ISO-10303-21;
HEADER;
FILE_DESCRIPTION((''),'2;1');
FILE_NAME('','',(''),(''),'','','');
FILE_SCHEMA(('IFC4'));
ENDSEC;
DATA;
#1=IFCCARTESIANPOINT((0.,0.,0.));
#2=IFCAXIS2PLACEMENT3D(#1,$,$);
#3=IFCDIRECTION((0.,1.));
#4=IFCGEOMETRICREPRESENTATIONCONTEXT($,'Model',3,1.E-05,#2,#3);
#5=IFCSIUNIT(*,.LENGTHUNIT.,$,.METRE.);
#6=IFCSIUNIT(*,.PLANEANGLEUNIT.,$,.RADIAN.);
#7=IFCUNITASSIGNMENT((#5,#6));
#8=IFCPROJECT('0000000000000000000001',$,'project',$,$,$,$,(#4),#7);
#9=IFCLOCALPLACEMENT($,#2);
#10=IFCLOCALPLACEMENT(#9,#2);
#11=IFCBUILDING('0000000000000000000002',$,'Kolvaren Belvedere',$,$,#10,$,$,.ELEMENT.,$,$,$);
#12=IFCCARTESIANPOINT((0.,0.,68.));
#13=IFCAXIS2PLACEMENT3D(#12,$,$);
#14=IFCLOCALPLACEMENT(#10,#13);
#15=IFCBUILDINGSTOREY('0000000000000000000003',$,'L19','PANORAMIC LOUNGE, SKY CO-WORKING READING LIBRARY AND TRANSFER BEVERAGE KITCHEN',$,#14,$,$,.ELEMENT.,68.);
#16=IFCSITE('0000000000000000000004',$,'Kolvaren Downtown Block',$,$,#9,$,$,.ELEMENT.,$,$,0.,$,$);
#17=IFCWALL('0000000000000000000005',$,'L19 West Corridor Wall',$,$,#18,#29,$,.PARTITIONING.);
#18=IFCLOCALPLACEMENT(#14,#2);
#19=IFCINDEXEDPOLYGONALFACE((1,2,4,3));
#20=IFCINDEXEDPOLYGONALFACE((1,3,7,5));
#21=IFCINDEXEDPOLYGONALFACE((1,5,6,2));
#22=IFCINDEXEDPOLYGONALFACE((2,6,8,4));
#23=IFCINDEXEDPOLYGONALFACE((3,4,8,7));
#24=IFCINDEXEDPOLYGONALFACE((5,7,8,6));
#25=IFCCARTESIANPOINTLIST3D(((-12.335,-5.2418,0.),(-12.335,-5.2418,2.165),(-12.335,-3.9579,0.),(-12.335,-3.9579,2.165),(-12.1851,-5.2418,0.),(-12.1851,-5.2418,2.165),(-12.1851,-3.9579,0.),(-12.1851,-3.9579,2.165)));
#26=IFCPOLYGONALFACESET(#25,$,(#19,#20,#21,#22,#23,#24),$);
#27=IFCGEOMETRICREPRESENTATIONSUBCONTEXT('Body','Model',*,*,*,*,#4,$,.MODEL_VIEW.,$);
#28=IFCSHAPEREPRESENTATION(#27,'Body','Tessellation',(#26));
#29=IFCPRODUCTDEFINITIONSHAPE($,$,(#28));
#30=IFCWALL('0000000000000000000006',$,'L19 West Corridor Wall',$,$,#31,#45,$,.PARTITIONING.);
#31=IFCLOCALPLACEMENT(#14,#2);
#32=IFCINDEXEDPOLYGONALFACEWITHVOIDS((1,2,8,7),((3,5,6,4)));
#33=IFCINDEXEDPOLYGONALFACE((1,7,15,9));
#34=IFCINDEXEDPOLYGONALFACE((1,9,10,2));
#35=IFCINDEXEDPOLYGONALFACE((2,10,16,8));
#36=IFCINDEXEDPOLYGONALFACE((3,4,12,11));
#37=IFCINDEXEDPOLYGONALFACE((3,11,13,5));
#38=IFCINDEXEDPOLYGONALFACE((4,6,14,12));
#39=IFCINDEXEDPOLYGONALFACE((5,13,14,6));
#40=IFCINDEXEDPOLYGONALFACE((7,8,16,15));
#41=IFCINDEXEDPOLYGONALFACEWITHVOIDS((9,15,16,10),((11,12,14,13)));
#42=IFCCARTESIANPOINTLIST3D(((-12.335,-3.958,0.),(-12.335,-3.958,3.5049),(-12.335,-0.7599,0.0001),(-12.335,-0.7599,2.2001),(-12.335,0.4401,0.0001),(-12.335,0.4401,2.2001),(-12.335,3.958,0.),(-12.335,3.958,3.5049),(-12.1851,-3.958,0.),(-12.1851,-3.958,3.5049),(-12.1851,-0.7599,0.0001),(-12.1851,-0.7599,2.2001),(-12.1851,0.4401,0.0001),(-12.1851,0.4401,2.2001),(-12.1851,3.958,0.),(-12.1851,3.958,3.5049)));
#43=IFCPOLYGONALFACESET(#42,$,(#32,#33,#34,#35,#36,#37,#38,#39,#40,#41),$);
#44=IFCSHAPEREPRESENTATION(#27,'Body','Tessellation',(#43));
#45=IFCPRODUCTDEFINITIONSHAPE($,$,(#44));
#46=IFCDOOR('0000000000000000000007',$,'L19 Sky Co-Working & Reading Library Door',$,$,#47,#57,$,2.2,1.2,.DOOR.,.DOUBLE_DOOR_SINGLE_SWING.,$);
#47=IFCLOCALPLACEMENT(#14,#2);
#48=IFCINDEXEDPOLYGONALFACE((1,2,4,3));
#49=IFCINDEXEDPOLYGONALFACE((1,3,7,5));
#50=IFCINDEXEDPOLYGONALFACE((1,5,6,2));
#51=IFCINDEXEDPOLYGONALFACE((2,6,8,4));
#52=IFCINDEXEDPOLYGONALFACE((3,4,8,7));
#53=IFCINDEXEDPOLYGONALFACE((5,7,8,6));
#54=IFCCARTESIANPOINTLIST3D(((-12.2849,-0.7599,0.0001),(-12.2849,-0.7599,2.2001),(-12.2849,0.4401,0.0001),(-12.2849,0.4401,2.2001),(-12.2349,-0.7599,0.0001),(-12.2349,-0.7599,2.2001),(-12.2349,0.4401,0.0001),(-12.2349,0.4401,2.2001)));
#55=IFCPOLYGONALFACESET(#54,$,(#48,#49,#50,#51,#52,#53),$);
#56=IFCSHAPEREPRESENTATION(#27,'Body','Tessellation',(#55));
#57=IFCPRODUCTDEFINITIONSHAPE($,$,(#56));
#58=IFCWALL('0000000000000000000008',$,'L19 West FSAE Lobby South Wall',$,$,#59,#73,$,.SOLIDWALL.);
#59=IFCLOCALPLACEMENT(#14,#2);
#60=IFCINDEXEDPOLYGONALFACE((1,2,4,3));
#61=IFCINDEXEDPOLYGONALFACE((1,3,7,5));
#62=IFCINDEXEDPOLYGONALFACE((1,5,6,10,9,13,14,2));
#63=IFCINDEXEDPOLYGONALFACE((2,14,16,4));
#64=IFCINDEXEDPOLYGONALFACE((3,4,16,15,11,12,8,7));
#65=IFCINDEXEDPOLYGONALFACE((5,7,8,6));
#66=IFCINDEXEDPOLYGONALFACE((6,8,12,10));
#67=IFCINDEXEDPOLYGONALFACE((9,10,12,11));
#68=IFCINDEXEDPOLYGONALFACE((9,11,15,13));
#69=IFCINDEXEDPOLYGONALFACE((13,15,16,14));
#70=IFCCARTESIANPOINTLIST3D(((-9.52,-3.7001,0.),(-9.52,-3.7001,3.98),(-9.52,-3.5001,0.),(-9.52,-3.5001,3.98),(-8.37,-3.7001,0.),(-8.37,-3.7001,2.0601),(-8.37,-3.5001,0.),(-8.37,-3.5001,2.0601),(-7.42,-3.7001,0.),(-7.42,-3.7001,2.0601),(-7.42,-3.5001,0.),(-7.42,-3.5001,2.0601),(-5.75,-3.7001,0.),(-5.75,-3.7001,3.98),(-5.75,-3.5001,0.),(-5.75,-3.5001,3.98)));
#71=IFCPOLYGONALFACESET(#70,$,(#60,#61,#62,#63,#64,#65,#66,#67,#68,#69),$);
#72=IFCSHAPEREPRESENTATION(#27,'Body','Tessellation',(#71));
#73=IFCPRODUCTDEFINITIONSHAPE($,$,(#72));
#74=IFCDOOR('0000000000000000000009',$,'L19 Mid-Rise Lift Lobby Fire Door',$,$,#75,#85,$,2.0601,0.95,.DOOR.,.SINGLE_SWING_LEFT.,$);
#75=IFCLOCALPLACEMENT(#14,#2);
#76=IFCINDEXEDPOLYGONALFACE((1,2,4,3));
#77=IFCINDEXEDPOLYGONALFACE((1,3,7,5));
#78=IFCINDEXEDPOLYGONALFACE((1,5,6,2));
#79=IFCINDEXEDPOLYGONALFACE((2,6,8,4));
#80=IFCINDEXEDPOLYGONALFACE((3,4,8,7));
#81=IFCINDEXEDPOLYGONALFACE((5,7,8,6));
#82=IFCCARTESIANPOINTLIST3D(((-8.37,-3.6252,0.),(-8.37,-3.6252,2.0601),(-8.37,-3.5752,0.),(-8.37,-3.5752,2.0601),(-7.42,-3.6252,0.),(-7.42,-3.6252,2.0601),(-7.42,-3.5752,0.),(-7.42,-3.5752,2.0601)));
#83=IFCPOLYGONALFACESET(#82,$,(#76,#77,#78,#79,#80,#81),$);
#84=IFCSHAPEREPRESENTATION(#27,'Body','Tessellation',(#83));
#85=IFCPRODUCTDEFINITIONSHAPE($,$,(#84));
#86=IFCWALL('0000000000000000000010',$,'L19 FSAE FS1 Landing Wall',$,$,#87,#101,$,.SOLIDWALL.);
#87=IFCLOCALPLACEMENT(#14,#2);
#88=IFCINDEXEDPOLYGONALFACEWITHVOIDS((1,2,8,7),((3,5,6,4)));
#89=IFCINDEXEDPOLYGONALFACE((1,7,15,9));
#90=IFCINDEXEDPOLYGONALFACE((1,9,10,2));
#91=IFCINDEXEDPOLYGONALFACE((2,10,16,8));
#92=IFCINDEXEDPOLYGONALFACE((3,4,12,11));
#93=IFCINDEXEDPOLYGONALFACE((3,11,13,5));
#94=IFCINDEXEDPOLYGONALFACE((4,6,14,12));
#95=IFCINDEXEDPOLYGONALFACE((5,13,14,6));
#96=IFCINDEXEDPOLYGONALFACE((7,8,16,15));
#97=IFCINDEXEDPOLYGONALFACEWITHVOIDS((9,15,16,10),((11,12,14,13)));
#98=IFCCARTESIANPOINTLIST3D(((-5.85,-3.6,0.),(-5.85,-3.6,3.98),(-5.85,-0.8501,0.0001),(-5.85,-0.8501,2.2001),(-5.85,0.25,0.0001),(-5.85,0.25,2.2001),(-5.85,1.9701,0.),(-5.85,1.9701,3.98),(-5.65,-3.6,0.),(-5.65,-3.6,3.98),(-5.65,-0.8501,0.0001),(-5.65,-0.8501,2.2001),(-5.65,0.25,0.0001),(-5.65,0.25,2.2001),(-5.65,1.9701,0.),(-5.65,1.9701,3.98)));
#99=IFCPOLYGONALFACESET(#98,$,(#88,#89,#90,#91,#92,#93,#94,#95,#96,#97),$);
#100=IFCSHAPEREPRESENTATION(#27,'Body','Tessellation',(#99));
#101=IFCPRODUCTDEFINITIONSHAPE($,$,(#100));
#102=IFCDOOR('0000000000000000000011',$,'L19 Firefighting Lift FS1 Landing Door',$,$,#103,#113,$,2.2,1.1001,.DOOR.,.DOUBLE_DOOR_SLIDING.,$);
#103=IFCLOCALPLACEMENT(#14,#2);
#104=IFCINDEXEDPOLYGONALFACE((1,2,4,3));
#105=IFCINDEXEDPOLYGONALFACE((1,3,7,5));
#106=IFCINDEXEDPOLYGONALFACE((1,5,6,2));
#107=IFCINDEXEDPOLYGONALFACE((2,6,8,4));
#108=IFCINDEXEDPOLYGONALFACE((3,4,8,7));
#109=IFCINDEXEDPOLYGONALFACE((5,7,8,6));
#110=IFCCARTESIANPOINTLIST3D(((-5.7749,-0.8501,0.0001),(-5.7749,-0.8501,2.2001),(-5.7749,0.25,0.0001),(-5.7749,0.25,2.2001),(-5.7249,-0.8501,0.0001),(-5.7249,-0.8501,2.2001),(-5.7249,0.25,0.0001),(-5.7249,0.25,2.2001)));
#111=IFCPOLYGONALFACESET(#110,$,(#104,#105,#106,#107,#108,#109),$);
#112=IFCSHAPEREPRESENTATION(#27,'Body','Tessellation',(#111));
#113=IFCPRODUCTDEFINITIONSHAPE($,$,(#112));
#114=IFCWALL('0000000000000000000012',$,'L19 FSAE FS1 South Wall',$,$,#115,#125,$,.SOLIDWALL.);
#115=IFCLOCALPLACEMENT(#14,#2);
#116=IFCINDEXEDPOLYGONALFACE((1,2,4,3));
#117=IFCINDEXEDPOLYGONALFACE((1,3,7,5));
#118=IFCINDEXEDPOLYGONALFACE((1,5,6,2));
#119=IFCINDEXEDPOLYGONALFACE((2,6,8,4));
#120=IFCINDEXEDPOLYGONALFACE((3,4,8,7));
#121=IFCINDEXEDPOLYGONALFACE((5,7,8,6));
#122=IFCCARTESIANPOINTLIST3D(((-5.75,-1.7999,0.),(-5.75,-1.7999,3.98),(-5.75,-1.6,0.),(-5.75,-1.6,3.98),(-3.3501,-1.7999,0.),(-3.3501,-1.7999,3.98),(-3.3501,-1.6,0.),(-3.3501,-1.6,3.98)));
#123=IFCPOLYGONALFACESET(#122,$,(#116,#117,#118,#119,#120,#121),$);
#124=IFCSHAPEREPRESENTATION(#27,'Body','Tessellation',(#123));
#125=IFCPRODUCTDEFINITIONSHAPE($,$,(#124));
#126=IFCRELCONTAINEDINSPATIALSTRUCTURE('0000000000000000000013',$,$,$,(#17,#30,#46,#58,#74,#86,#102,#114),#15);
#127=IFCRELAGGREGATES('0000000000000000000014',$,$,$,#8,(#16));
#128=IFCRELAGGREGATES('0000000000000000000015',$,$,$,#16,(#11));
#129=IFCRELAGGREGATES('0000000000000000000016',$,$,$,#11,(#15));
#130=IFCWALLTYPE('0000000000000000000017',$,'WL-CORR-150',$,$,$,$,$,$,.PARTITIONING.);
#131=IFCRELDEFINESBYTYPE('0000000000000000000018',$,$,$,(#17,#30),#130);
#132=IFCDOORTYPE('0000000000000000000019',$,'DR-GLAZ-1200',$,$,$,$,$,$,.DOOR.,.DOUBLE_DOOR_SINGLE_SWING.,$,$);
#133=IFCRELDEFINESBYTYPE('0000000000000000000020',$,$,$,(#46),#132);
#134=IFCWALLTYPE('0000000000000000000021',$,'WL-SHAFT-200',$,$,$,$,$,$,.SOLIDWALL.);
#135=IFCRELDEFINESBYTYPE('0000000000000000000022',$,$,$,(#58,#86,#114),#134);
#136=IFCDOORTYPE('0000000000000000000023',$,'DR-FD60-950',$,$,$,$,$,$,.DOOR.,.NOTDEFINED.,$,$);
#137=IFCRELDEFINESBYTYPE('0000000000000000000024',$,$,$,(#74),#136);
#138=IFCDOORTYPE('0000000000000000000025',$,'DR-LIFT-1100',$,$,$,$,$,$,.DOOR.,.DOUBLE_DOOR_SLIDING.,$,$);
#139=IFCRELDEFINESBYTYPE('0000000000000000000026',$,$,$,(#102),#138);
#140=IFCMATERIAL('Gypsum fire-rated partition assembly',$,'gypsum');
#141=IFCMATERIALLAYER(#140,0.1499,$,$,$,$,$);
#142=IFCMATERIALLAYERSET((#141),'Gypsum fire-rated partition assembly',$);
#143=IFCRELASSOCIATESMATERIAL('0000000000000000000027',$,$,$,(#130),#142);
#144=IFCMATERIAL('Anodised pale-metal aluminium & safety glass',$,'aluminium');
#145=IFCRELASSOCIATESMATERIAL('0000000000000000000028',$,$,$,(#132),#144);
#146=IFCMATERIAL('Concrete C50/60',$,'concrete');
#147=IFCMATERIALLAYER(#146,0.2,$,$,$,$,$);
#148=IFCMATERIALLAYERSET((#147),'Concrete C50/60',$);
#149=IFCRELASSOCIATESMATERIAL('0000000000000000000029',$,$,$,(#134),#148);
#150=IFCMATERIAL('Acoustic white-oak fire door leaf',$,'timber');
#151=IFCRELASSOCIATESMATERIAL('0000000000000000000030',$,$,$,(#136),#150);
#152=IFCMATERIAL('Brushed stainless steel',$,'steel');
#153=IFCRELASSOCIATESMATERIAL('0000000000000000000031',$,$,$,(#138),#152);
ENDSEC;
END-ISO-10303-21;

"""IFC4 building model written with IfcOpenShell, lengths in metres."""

from ifc_helpers import new_model, si_unit, direction, frame, frame_2d, origin, place, context, subcontext, project, spatial, rectangle, extrude, material, layer, layer_set, type_object, element, fill, save


model = new_model("IFC4")

# Units and contexts
model_context = context("Model", 3, precision=1e-05, world=origin(), true_north=direction((0.0, 1.0)))
body_context = subcontext(model_context, "Body", "Model", "MODEL_VIEW")
ifc_project = project(units=[si_unit("LENGTHUNIT", "METRE"), si_unit("PLANEANGLEUNIT", "RADIAN")], contexts=[model_context])

# Site, building, storey
site_placement = place(None, origin())
site = spatial("IfcSite", under=ifc_project, at=site_placement, Name="Kolvaren Downtown Block", CompositionType="ELEMENT", RefElevation=0.0)
building_placement = place(site_placement, origin())
building = spatial("IfcBuilding", under=site, at=building_placement, Name="Kolvaren Belvedere", CompositionType="ELEMENT")
storey_placement = place(building_placement, frame((0.0, 0.0, 68.0)))
storey = spatial("IfcBuildingStorey", under=building, at=storey_placement, Name="L19", Description="PANORAMIC LOUNGE, SKY CO-WORKING READING LIBRARY AND TRANSFER BEVERAGE KITCHEN", CompositionType="ELEMENT", Elevation=68.0)

# Wall
ifc_material_1 = material(Name="Gypsum fire-rated partition assembly", Category="gypsum")
ifc_layer_1 = layer(ifc_material_1, 0.1499)
ifc_layer_set_1 = layer_set([ifc_layer_1], Name="Gypsum fire-rated partition assembly")
wall_type_1 = type_object("IfcWallType", Name="WL-CORR-150", PredefinedType="PARTITIONING", material=ifc_layer_set_1)
wall_1_placement = place(storey_placement, frame((-12.26, -5.2419, 0.0), z_axis=(0.0, 0.0, 1.0), x_axis=(0.0, 1.0, 0.0)))
element("IfcWall", 1, at=wall_1_placement, inside=storey, type_object=wall_type_1, Name="L19 West Corridor Wall", PredefinedType="PARTITIONING", context=body_context, shape_type="SweptSolid", body=[
    extrude(rectangle(XDim=1.2839, YDim=0.1499, at=frame_2d((0.6421, 0.0))), origin(), (0.0, 0.0, 1.0), 2.165),
])

# Walls, openings, doors
wall_2_placement = place(storey_placement, frame((-12.26, -3.958, 0.0), z_axis=(0.0, 0.0, 1.0), x_axis=(0.0, 1.0, 0.0)))
wall_2 = element("IfcWall", 2, at=wall_2_placement, inside=storey, type_object=wall_type_1, Name="L19 West Corridor Wall", PredefinedType="PARTITIONING", context=body_context, shape_type="SweptSolid", body=[
    extrude(rectangle(XDim=7.916, YDim=0.1499, at=frame_2d((3.958, 0.0))), origin(), (0.0, 0.0, 1.0), 3.5049),
])
opening_1_placement = place(wall_2_placement, frame((3.198, 0.0, 0.0)))
opening_1 = element("IfcOpeningElement", 3, at=opening_1_placement, cuts=wall_2, PredefinedType="OPENING", context=body_context, shape_type="SweptSolid", body=[
    extrude(rectangle(XDim=1.2, YDim=2.2, at=frame_2d((0.6001, 1.1001))), frame((0.0, 0.085, 0.0), z_axis=(0.0, -1.0, 0.0), x_axis=(1.0, 0.0, 0.0)), (0.0, 0.0, 1.0), 0.1699),
])
ifc_material_2 = material(Name="Anodised pale-metal aluminium & safety glass", Category="aluminium")
door_type_1 = type_object("IfcDoorType", Name="DR-GLAZ-1200", OperationType="DOUBLE_DOOR_SINGLE_SWING", PredefinedType="DOOR", material=ifc_material_2)
door_1_placement = place(opening_1_placement, origin())
door_1 = element("IfcDoor", 4, at=door_1_placement, inside=storey, type_object=door_type_1, Name="L19 Sky Co-Working & Reading Library Door", OperationType="DOUBLE_DOOR_SINGLE_SWING", OverallHeight=2.2, OverallWidth=1.2, PredefinedType="DOOR", context=body_context, shape_type="SweptSolid", body=[
    extrude(rectangle(XDim=1.2, YDim=2.2, at=frame_2d((0.6001, 1.1001))), frame((0.0, 0.0249, 0.0), z_axis=(0.0, -1.0, 0.0), x_axis=(1.0, 0.0, 0.0)), (0.0, 0.0, 1.0), 0.05),
])
fill(opening_1, door_1)
ifc_material_3 = material(Name="Concrete C50/60", Category="concrete")
ifc_layer_2 = layer(ifc_material_3, 0.2)
ifc_layer_set_2 = layer_set([ifc_layer_2], Name="Concrete C50/60")
wall_type_2 = type_object("IfcWallType", Name="WL-SHAFT-200", PredefinedType="SOLIDWALL", material=ifc_layer_set_2)
wall_3_placement = place(storey_placement, frame((-9.52, -3.6001, 0.0), z_axis=(0.0, 0.0, 1.0), x_axis=(1.0, 0.0, 0.0)))
wall_3 = element("IfcWall", 5, at=wall_3_placement, inside=storey, type_object=wall_type_2, Name="L19 West FSAE Lobby South Wall", PredefinedType="SOLIDWALL", context=body_context, shape_type="SweptSolid", body=[
    extrude(rectangle(XDim=3.77, YDim=0.2, at=frame_2d((1.885, 0.0))), origin(), (0.0, 0.0, 1.0), 3.98),
])
opening_2_placement = place(wall_3_placement, frame((1.1499, 0.0, 0.0)))
opening_2 = element("IfcOpeningElement", 6, at=opening_2_placement, cuts=wall_3, PredefinedType="OPENING", context=body_context, shape_type="SweptSolid", body=[
    extrude(rectangle(XDim=0.95, YDim=2.0601, at=frame_2d((0.4751, 1.03))), frame((0.0, 0.1099, 0.0), z_axis=(0.0, -1.0, 0.0), x_axis=(1.0, 0.0, 0.0)), (0.0, 0.0, 1.0), 0.22),
])
ifc_material_4 = material(Name="Acoustic white-oak fire door leaf", Category="timber")
door_type_2 = type_object("IfcDoorType", Name="DR-FD60-950", OperationType="NOTDEFINED", PredefinedType="DOOR", material=ifc_material_4)
door_2_placement = place(opening_2_placement, origin())
door_2 = element("IfcDoor", 7, at=door_2_placement, inside=storey, type_object=door_type_2, Name="L19 Mid-Rise Lift Lobby Fire Door", OperationType="SINGLE_SWING_LEFT", OverallHeight=2.0601, OverallWidth=0.95, PredefinedType="DOOR", context=body_context, shape_type="SweptSolid", body=[
    extrude(rectangle(XDim=0.95, YDim=2.0601, at=frame_2d((0.4751, 1.03))), frame((0.0, 0.0249, 0.0), z_axis=(0.0, -1.0, 0.0), x_axis=(1.0, 0.0, 0.0)), (0.0, 0.0, 1.0), 0.05),
])
fill(opening_2, door_2)
wall_4_placement = place(storey_placement, frame((-5.75, -3.6001, 0.0), z_axis=(0.0, 0.0, 1.0), x_axis=(0.0, 1.0, 0.0)))
wall_4 = element("IfcWall", 8, at=wall_4_placement, inside=storey, type_object=wall_type_2, Name="L19 FSAE FS1 Landing Wall", PredefinedType="SOLIDWALL", context=body_context, shape_type="SweptSolid", body=[
    extrude(rectangle(XDim=5.5701, YDim=0.2, at=frame_2d((2.7852, 0.0))), origin(), (0.0, 0.0, 1.0), 3.98),
])
opening_3_placement = place(wall_4_placement, frame((2.75, 0.0, 0.0)))
opening_3 = element("IfcOpeningElement", 9, at=opening_3_placement, cuts=wall_4, PredefinedType="OPENING", context=body_context, shape_type="SweptSolid", body=[
    extrude(rectangle(XDim=1.1001, YDim=2.2, at=frame_2d((0.55, 1.1001))), frame((0.0, 0.1099, 0.0), z_axis=(0.0, -1.0, 0.0), x_axis=(1.0, 0.0, 0.0)), (0.0, 0.0, 1.0), 0.22),
])
ifc_material_5 = material(Name="Brushed stainless steel", Category="steel")
door_type_3 = type_object("IfcDoorType", Name="DR-LIFT-1100", OperationType="DOUBLE_DOOR_SLIDING", PredefinedType="DOOR", material=ifc_material_5)
door_3_placement = place(opening_3_placement, origin())
door_3 = element("IfcDoor", 10, at=door_3_placement, inside=storey, type_object=door_type_3, Name="L19 Firefighting Lift FS1 Landing Door", OperationType="DOUBLE_DOOR_SLIDING", OverallHeight=2.2, OverallWidth=1.1001, PredefinedType="DOOR", context=body_context, shape_type="SweptSolid", body=[
    extrude(rectangle(XDim=1.1001, YDim=2.2, at=frame_2d((0.55, 1.1001))), frame((0.0, 0.0249, 0.0), z_axis=(0.0, -1.0, 0.0), x_axis=(1.0, 0.0, 0.0)), (0.0, 0.0, 1.0), 0.05),
])
fill(opening_3, door_3)

# Wall
wall_5_placement = place(storey_placement, frame((-5.75, -1.7, 0.0), z_axis=(0.0, 0.0, 1.0), x_axis=(1.0, 0.0, 0.0)))
element("IfcWall", 11, at=wall_5_placement, inside=storey, type_object=wall_type_2, Name="L19 FSAE FS1 South Wall", PredefinedType="SOLIDWALL", context=body_context, shape_type="SweptSolid", body=[
    extrude(rectangle(XDim=2.3999, YDim=0.2, at=frame_2d((1.2, 0.0))), origin(), (0.0, 0.0, 1.0), 3.98),
])

save(model, "model.ifc")
